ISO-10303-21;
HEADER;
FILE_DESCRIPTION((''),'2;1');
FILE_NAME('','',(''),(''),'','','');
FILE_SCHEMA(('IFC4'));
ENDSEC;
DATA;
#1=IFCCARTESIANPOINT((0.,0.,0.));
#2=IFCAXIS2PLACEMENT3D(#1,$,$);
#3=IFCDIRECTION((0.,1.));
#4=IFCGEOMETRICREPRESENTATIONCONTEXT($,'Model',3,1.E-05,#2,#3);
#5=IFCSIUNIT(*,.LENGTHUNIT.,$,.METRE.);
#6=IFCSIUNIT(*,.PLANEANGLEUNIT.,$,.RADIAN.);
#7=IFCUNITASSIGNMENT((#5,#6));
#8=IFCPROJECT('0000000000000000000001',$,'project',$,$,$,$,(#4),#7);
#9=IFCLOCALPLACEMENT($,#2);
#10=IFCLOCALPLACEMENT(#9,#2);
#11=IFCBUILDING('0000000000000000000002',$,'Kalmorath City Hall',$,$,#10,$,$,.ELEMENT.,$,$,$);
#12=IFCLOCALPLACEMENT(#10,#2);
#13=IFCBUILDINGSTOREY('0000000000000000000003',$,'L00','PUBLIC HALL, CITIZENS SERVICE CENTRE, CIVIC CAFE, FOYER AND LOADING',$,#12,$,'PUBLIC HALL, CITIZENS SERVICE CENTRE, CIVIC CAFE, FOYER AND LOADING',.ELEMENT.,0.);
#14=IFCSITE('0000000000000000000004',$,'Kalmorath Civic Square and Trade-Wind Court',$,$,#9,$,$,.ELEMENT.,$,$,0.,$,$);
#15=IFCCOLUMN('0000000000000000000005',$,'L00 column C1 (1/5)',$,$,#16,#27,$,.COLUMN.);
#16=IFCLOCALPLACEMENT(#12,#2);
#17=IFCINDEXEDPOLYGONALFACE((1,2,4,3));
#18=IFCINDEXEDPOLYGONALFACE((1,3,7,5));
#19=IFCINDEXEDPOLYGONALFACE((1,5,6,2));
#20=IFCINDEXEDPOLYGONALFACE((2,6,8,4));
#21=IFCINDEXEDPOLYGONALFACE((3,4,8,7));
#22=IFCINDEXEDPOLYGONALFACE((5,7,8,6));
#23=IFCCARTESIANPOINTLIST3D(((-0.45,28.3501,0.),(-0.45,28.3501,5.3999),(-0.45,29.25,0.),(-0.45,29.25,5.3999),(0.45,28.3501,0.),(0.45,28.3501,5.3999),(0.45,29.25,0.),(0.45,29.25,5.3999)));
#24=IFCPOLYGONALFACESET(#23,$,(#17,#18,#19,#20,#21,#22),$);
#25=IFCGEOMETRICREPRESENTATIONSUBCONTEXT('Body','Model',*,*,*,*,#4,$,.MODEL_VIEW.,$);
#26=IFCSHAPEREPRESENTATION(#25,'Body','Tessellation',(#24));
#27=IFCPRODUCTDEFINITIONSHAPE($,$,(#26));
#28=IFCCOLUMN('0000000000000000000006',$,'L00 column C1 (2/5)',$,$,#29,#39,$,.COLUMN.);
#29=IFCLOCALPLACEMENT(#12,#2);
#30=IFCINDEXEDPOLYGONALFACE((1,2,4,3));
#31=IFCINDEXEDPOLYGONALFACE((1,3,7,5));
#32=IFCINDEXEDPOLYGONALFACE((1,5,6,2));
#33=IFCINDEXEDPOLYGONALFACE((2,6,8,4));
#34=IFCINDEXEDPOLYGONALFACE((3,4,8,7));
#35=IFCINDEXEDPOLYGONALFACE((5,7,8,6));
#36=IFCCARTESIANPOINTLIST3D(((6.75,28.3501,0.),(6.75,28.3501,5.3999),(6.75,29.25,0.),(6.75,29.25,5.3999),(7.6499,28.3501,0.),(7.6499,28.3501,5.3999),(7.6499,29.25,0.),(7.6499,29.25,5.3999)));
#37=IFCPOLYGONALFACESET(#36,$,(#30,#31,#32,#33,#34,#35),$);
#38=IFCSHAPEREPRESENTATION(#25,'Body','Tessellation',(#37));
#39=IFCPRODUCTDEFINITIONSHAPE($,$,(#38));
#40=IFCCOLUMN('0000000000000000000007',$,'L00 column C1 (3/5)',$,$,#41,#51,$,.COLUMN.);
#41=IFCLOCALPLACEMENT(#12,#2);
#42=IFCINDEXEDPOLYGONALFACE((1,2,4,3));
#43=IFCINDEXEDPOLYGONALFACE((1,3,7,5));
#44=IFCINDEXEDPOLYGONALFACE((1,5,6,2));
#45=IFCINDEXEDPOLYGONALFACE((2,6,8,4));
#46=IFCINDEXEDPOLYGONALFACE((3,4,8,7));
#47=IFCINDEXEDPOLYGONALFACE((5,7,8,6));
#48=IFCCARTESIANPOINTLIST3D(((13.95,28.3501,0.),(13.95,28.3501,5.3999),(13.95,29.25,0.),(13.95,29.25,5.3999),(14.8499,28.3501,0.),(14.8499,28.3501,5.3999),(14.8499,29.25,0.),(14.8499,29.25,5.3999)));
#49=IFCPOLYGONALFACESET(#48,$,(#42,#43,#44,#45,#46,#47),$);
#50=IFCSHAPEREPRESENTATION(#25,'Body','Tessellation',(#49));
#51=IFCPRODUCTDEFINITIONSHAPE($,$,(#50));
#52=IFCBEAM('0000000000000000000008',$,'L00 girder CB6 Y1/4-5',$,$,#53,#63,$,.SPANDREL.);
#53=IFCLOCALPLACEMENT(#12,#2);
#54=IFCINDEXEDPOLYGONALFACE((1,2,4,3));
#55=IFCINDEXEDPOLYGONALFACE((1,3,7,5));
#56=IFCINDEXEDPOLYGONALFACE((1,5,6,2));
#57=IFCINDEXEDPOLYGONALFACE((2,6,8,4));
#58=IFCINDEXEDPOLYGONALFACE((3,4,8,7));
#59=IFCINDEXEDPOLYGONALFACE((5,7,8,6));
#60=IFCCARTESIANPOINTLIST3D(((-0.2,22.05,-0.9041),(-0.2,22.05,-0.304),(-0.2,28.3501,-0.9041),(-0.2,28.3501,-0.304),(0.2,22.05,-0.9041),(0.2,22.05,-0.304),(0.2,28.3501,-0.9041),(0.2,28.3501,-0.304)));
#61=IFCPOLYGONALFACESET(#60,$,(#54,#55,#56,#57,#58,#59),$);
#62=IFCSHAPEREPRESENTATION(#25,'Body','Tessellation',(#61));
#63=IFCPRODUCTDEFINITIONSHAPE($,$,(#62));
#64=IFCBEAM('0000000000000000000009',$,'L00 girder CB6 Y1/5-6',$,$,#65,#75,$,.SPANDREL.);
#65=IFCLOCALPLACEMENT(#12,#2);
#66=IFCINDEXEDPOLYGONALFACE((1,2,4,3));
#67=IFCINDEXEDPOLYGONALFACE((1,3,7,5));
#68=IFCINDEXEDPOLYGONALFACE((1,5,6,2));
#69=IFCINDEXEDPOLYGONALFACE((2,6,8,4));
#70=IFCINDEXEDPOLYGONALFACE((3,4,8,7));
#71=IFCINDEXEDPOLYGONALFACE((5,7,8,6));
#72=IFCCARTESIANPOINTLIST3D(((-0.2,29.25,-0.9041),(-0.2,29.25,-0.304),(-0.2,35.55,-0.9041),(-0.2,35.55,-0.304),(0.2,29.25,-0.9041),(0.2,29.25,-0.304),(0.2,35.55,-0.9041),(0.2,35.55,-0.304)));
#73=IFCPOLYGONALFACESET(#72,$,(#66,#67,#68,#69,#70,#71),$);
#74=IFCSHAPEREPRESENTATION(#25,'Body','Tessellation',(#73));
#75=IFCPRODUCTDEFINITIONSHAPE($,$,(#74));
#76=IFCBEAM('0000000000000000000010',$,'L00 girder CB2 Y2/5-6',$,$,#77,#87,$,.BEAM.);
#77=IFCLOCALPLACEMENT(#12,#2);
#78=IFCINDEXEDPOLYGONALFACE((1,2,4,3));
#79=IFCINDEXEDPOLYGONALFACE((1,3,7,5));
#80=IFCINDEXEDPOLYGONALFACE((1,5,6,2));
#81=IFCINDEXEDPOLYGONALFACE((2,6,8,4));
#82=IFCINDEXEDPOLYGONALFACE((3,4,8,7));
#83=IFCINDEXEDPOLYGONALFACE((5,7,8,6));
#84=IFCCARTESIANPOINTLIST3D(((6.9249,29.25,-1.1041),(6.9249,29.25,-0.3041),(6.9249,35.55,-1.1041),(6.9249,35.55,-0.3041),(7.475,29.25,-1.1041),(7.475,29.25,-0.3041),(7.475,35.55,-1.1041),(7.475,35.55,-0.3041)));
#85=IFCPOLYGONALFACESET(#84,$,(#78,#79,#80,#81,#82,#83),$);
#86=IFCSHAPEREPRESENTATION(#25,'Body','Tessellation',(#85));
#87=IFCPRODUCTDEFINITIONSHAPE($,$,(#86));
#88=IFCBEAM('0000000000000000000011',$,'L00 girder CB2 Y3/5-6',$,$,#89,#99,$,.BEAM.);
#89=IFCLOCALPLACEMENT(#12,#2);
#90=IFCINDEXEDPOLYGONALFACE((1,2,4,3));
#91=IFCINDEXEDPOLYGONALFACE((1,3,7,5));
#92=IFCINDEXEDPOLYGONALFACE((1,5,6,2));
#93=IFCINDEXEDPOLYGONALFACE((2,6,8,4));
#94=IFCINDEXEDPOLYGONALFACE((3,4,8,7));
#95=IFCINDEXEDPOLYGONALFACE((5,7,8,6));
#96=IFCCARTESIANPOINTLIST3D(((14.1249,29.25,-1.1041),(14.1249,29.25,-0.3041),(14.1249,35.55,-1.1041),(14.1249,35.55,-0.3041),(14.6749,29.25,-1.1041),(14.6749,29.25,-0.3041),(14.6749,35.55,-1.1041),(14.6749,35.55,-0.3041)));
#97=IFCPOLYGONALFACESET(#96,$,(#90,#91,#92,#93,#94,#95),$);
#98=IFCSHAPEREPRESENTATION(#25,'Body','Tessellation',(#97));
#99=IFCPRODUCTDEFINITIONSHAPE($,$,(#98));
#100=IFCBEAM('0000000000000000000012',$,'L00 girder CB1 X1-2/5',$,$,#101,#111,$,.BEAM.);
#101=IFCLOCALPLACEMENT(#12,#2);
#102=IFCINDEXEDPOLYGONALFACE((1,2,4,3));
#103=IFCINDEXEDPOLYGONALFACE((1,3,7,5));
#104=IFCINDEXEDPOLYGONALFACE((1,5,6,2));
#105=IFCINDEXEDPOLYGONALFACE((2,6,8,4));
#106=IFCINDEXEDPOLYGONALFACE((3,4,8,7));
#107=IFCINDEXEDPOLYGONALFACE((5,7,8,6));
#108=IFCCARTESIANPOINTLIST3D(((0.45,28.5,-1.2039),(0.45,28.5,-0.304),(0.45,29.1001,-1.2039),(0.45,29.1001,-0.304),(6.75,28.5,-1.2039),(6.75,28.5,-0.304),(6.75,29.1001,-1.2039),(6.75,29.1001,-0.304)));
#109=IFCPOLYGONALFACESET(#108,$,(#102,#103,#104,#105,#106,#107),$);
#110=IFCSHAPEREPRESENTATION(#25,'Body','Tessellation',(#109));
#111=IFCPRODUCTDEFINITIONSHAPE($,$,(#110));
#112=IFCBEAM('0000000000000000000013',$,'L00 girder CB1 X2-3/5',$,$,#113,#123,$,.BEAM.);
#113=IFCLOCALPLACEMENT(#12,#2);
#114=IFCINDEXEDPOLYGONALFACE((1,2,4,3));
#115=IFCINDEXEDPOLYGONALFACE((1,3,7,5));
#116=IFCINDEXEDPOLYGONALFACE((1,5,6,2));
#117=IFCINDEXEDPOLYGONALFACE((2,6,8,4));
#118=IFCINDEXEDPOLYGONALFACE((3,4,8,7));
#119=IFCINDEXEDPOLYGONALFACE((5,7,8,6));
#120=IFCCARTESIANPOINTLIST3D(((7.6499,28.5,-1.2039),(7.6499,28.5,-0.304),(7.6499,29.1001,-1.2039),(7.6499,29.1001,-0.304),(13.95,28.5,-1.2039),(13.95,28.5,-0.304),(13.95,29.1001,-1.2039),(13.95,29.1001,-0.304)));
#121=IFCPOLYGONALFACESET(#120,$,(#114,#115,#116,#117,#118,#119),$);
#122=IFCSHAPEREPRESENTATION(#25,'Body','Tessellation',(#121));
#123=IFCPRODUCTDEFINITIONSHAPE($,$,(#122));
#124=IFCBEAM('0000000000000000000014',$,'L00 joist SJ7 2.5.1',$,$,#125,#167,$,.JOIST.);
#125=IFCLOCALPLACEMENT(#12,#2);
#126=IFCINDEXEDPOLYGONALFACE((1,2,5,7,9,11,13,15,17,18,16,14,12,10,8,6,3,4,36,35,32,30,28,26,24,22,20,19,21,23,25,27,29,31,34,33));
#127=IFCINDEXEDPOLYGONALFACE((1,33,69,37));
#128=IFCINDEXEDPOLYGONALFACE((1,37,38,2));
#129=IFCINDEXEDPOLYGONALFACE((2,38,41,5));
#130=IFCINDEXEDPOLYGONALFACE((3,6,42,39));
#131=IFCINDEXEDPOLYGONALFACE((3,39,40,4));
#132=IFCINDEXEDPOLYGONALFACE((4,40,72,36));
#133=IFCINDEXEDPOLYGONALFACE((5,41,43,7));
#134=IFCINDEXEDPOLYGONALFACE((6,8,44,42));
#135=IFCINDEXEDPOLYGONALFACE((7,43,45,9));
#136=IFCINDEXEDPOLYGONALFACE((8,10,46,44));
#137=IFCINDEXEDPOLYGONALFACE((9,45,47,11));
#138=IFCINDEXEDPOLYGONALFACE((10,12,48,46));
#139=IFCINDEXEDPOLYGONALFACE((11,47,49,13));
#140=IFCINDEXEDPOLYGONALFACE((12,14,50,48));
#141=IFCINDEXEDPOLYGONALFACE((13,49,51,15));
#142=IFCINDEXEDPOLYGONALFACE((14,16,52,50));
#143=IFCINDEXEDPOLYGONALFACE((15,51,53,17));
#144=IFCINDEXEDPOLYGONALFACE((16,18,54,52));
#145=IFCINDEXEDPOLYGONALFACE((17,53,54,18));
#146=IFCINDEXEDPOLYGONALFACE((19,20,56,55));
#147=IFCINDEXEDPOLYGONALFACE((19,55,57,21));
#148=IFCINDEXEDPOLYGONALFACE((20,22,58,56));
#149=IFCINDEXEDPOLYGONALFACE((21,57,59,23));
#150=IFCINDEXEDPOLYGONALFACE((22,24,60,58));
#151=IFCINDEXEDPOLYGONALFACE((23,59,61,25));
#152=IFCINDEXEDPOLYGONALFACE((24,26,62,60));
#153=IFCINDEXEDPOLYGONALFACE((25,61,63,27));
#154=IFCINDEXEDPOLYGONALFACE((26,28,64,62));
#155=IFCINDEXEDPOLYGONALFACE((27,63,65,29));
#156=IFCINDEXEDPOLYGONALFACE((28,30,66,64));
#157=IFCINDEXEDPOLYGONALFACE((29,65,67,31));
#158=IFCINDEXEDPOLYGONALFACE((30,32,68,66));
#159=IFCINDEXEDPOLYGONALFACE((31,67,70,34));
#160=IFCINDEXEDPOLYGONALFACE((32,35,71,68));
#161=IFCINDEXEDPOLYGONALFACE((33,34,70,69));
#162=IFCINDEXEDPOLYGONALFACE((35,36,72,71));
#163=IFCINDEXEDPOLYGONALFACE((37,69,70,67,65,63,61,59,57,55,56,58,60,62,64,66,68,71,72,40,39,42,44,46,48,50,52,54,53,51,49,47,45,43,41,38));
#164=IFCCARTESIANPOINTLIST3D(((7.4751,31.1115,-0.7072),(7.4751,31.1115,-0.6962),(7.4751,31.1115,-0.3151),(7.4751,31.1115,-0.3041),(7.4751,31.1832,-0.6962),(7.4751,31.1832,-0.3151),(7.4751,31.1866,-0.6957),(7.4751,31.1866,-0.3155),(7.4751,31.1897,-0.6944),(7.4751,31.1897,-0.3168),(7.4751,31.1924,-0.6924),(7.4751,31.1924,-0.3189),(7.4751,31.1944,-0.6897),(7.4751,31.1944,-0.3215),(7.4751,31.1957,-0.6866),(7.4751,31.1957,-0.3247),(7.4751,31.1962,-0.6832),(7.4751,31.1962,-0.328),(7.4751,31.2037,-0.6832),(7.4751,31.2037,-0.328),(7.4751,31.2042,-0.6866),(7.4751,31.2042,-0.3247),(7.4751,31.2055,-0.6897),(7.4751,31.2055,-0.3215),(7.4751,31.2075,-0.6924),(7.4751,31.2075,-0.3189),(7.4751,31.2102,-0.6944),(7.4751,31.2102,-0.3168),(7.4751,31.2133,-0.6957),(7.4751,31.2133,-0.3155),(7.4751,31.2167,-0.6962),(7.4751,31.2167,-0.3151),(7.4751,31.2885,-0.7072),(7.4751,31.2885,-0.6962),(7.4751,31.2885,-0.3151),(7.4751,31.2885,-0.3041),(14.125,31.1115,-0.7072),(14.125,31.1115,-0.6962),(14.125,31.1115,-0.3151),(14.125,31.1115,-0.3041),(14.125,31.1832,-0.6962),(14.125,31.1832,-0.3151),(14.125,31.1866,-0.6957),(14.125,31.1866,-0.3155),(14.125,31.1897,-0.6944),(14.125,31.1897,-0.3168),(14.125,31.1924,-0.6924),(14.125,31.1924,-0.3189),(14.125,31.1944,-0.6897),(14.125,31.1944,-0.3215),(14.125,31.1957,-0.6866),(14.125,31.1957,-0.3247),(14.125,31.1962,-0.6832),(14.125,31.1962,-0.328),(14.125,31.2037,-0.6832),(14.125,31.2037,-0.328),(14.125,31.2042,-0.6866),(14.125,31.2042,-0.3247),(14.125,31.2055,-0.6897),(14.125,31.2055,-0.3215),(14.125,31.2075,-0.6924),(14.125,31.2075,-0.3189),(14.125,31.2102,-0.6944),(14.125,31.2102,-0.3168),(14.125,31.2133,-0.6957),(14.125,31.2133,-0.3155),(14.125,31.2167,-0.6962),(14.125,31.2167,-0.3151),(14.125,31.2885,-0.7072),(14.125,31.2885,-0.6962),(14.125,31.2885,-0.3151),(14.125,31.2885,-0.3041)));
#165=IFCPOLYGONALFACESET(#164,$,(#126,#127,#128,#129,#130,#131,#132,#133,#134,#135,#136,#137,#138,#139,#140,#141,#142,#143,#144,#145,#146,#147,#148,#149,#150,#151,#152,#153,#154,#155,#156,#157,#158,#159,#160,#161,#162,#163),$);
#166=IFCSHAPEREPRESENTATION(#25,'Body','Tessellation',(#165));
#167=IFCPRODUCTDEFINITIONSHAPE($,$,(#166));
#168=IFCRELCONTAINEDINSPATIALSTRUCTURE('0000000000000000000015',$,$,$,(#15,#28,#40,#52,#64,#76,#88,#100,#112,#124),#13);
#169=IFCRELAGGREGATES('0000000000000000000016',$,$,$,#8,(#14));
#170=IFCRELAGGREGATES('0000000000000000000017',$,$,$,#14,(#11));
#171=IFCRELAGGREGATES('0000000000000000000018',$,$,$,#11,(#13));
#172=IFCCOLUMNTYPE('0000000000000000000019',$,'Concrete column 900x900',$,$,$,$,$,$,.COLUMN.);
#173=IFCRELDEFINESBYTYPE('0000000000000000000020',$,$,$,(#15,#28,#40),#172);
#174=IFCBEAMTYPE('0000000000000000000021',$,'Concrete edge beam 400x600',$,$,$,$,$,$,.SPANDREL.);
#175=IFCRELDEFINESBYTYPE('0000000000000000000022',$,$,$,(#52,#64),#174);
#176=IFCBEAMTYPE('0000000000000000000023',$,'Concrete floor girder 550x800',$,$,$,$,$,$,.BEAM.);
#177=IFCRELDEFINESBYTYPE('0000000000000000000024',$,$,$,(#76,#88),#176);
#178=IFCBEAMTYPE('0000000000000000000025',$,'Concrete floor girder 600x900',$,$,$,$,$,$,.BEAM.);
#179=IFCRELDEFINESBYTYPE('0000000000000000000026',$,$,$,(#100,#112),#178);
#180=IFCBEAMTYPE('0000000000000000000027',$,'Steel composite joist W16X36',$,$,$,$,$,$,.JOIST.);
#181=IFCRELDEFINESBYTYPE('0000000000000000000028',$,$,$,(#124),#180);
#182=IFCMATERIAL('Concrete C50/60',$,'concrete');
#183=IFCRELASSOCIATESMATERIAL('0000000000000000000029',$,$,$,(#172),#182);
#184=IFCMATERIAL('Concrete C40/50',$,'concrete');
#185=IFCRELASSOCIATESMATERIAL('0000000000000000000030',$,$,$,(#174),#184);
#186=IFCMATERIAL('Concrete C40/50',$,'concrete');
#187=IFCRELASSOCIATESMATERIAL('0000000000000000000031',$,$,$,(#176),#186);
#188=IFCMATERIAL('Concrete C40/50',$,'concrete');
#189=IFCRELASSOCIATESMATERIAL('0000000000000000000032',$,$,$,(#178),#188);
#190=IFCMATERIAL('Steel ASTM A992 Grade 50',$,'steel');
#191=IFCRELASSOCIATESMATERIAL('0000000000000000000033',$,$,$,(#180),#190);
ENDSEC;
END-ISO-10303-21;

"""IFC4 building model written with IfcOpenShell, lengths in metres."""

from ifc_helpers import new_model, si_unit, direction, frame, origin, origin_2d, place, context, subcontext, project, spatial, rectangle, i_section, extrude, material, material_profile, profile_set, type_object, element, save


model = new_model("IFC4")

# Units and contexts
model_context = context("Model", 3, precision=1e-05, world=origin(), true_north=direction((0.0, 1.0)))
body_context = subcontext(model_context, "Body", "Model", "MODEL_VIEW")
ifc_project = project(units=[si_unit("LENGTHUNIT", "METRE"), si_unit("PLANEANGLEUNIT", "RADIAN")], contexts=[model_context])

# Site, building, storey
site_placement = place(None, origin())
site = spatial("IfcSite", under=ifc_project, at=site_placement, Name="Kalmorath Civic Square and Trade-Wind Court", CompositionType="ELEMENT", RefElevation=0.0)
building_placement = place(site_placement, origin())
building = spatial("IfcBuilding", under=site, at=building_placement, Name="Kalmorath City Hall", CompositionType="ELEMENT")
storey_placement = place(building_placement, origin())
storey = spatial("IfcBuildingStorey", under=building, at=storey_placement, Name="L00", Description="PUBLIC HALL, CITIZENS SERVICE CENTRE, CIVIC CAFE, FOYER AND LOADING", LongName="PUBLIC HALL, CITIZENS SERVICE CENTRE, CIVIC CAFE, FOYER AND LOADING", CompositionType="ELEMENT", Elevation=0.0)

# Columns
ifc_material_1 = material(Name="Concrete C50/60", Category="concrete")
ifc_material_profile_1 = material_profile(ifc_material_1, rectangle(XDim=0.8999, YDim=0.8999, at=origin_2d()), Name="RC-COL-900X900")
ifc_profile_set_1 = profile_set([ifc_material_profile_1], Name="Concrete C50/60")
column_type = type_object("IfcColumnType", Name="Concrete column 900x900", PredefinedType="COLUMN", material=ifc_profile_set_1)
for number, where, z_axis, x_axis, name in (
    (1, (0.0, 28.8, 0.0), (0.0, 0.0, 1.0), (1.0, 0.0, 0.0), "L00 column C1 (1/5)"),
    (2, (7.2, 28.8, 0.0), (0.0, 0.0, 1.0), (1.0, 0.0, 0.0), "L00 column C1 (2/5)"),
    (3, (14.3999, 28.8, 0.0), (0.0, 0.0, 1.0), (1.0, 0.0, 0.0), "L00 column C1 (3/5)"),
):
    element("IfcColumn", number, at=place(storey_placement, frame(where, z_axis=z_axis, x_axis=x_axis)), inside=storey, type_object=column_type, Name=name, PredefinedType="COLUMN", context=body_context, shape_type="SweptSolid", body=[
        extrude(rectangle(XDim=0.8999, YDim=0.8999, at=origin_2d()), origin(), (0.0, 0.0, 1.0), 5.3999),
    ])

# Beams
ifc_material_2 = material(Name="Concrete C40/50", Category="concrete")
ifc_material_profile_2 = material_profile(ifc_material_2, rectangle(XDim=0.3999, YDim=0.6001, at=origin_2d()), Name="RC-BM-400X600")
ifc_profile_set_2 = profile_set([ifc_material_profile_2], Name="Concrete C40/50")
beam_type_1 = type_object("IfcBeamType", Name="Concrete edge beam 400x600", PredefinedType="SPANDREL", material=ifc_profile_set_2)
for number, where, z_axis, x_axis, name in (
    (4, (0.0, 22.05, -0.604), (0.0, 1.0, 0.0), (-1.0, 0.0, 0.0), "L00 girder CB6 Y1/4-5"),
    (5, (0.0, 29.25, -0.604), (0.0, 1.0, 0.0), (-1.0, 0.0, 0.0), "L00 girder CB6 Y1/5-6"),
):
    element("IfcBeam", number, at=place(storey_placement, frame(where, z_axis=z_axis, x_axis=x_axis)), inside=storey, type_object=beam_type_1, Name=name, PredefinedType="SPANDREL", context=body_context, shape_type="SweptSolid", body=[
        extrude(rectangle(XDim=0.3999, YDim=0.6001, at=origin_2d()), origin(), (0.0, 0.0, 1.0), 6.3),
    ])
ifc_material_3 = material(Name="Concrete C40/50", Category="concrete")
ifc_material_profile_3 = material_profile(ifc_material_3, rectangle(XDim=0.55, YDim=0.8, at=origin_2d()), Name="RC-BM-550X800")
ifc_profile_set_3 = profile_set([ifc_material_profile_3], Name="Concrete C40/50")
beam_type_2 = type_object("IfcBeamType", Name="Concrete floor girder 550x800", PredefinedType="BEAM", material=ifc_profile_set_3)
for number, where, z_axis, x_axis, name in (
    (6, (7.2, 29.25, -0.7041), (0.0, 1.0, 0.0), (-1.0, 0.0, 0.0), "L00 girder CB2 Y2/5-6"),
    (7, (14.3999, 29.25, -0.7041), (0.0, 1.0, 0.0), (-1.0, 0.0, 0.0), "L00 girder CB2 Y3/5-6"),
):
    element("IfcBeam", number, at=place(storey_placement, frame(where, z_axis=z_axis, x_axis=x_axis)), inside=storey, type_object=beam_type_2, Name=name, PredefinedType="BEAM", context=body_context, shape_type="SweptSolid", body=[
        extrude(rectangle(XDim=0.55, YDim=0.8, at=origin_2d()), origin(), (0.0, 0.0, 1.0), 6.3),
    ])
ifc_material_4 = material(Name="Concrete C40/50", Category="concrete")
ifc_material_profile_4 = material_profile(ifc_material_4, rectangle(XDim=0.6001, YDim=0.8999, at=origin_2d()), Name="RC-BM-600X900")
ifc_profile_set_4 = profile_set([ifc_material_profile_4], Name="Concrete C40/50")
beam_type_3 = type_object("IfcBeamType", Name="Concrete floor girder 600x900", PredefinedType="BEAM", material=ifc_profile_set_4)
for number, where, z_axis, x_axis, name in (
    (8, (0.45, 28.8, -0.7539), (1.0, 0.0, 0.0), (0.0, 1.0, 0.0), "L00 girder CB1 X1-2/5"),
    (9, (7.6499, 28.8, -0.7539), (1.0, 0.0, 0.0), (0.0, 1.0, 0.0), "L00 girder CB1 X2-3/5"),
):
    element("IfcBeam", number, at=place(storey_placement, frame(where, z_axis=z_axis, x_axis=x_axis)), inside=storey, type_object=beam_type_3, Name=name, PredefinedType="BEAM", context=body_context, shape_type="SweptSolid", body=[
        extrude(rectangle(XDim=0.6001, YDim=0.8999, at=origin_2d()), origin(), (0.0, 0.0, 1.0), 6.3),
    ])
ifc_material_5 = material(Name="Steel ASTM A992 Grade 50", Category="steel")
ifc_material_profile_5 = material_profile(ifc_material_5, i_section(OverallWidth=0.177, OverallDepth=0.4031, WebThickness=0.0076, FlangeThickness=0.011, FilletRadius=0.0129, at=origin_2d()), Name="W16X36")
ifc_profile_set_5 = profile_set([ifc_material_profile_5], Name="Steel ASTM A992 Grade 50")
beam_type_4 = type_object("IfcBeamType", Name="Steel composite joist W16X36", PredefinedType="JOIST", material=ifc_profile_set_5)
beam_1_placement = place(storey_placement, frame((7.4751, 31.2, -0.5056), z_axis=(1.0, 0.0, 0.0), x_axis=(0.0, 1.0, 0.0)))
element("IfcBeam", 10, at=beam_1_placement, inside=storey, type_object=beam_type_4, Name="L00 joist SJ7 2.5.1", PredefinedType="JOIST", context=body_context, shape_type="SweptSolid", body=[
    extrude(i_section(OverallWidth=0.177, OverallDepth=0.4031, WebThickness=0.0076, FlangeThickness=0.011, FilletRadius=0.0129, at=origin_2d()), origin(), (0.0, 0.0, 1.0), 6.6499),
])

save(model, "model.ifc")
